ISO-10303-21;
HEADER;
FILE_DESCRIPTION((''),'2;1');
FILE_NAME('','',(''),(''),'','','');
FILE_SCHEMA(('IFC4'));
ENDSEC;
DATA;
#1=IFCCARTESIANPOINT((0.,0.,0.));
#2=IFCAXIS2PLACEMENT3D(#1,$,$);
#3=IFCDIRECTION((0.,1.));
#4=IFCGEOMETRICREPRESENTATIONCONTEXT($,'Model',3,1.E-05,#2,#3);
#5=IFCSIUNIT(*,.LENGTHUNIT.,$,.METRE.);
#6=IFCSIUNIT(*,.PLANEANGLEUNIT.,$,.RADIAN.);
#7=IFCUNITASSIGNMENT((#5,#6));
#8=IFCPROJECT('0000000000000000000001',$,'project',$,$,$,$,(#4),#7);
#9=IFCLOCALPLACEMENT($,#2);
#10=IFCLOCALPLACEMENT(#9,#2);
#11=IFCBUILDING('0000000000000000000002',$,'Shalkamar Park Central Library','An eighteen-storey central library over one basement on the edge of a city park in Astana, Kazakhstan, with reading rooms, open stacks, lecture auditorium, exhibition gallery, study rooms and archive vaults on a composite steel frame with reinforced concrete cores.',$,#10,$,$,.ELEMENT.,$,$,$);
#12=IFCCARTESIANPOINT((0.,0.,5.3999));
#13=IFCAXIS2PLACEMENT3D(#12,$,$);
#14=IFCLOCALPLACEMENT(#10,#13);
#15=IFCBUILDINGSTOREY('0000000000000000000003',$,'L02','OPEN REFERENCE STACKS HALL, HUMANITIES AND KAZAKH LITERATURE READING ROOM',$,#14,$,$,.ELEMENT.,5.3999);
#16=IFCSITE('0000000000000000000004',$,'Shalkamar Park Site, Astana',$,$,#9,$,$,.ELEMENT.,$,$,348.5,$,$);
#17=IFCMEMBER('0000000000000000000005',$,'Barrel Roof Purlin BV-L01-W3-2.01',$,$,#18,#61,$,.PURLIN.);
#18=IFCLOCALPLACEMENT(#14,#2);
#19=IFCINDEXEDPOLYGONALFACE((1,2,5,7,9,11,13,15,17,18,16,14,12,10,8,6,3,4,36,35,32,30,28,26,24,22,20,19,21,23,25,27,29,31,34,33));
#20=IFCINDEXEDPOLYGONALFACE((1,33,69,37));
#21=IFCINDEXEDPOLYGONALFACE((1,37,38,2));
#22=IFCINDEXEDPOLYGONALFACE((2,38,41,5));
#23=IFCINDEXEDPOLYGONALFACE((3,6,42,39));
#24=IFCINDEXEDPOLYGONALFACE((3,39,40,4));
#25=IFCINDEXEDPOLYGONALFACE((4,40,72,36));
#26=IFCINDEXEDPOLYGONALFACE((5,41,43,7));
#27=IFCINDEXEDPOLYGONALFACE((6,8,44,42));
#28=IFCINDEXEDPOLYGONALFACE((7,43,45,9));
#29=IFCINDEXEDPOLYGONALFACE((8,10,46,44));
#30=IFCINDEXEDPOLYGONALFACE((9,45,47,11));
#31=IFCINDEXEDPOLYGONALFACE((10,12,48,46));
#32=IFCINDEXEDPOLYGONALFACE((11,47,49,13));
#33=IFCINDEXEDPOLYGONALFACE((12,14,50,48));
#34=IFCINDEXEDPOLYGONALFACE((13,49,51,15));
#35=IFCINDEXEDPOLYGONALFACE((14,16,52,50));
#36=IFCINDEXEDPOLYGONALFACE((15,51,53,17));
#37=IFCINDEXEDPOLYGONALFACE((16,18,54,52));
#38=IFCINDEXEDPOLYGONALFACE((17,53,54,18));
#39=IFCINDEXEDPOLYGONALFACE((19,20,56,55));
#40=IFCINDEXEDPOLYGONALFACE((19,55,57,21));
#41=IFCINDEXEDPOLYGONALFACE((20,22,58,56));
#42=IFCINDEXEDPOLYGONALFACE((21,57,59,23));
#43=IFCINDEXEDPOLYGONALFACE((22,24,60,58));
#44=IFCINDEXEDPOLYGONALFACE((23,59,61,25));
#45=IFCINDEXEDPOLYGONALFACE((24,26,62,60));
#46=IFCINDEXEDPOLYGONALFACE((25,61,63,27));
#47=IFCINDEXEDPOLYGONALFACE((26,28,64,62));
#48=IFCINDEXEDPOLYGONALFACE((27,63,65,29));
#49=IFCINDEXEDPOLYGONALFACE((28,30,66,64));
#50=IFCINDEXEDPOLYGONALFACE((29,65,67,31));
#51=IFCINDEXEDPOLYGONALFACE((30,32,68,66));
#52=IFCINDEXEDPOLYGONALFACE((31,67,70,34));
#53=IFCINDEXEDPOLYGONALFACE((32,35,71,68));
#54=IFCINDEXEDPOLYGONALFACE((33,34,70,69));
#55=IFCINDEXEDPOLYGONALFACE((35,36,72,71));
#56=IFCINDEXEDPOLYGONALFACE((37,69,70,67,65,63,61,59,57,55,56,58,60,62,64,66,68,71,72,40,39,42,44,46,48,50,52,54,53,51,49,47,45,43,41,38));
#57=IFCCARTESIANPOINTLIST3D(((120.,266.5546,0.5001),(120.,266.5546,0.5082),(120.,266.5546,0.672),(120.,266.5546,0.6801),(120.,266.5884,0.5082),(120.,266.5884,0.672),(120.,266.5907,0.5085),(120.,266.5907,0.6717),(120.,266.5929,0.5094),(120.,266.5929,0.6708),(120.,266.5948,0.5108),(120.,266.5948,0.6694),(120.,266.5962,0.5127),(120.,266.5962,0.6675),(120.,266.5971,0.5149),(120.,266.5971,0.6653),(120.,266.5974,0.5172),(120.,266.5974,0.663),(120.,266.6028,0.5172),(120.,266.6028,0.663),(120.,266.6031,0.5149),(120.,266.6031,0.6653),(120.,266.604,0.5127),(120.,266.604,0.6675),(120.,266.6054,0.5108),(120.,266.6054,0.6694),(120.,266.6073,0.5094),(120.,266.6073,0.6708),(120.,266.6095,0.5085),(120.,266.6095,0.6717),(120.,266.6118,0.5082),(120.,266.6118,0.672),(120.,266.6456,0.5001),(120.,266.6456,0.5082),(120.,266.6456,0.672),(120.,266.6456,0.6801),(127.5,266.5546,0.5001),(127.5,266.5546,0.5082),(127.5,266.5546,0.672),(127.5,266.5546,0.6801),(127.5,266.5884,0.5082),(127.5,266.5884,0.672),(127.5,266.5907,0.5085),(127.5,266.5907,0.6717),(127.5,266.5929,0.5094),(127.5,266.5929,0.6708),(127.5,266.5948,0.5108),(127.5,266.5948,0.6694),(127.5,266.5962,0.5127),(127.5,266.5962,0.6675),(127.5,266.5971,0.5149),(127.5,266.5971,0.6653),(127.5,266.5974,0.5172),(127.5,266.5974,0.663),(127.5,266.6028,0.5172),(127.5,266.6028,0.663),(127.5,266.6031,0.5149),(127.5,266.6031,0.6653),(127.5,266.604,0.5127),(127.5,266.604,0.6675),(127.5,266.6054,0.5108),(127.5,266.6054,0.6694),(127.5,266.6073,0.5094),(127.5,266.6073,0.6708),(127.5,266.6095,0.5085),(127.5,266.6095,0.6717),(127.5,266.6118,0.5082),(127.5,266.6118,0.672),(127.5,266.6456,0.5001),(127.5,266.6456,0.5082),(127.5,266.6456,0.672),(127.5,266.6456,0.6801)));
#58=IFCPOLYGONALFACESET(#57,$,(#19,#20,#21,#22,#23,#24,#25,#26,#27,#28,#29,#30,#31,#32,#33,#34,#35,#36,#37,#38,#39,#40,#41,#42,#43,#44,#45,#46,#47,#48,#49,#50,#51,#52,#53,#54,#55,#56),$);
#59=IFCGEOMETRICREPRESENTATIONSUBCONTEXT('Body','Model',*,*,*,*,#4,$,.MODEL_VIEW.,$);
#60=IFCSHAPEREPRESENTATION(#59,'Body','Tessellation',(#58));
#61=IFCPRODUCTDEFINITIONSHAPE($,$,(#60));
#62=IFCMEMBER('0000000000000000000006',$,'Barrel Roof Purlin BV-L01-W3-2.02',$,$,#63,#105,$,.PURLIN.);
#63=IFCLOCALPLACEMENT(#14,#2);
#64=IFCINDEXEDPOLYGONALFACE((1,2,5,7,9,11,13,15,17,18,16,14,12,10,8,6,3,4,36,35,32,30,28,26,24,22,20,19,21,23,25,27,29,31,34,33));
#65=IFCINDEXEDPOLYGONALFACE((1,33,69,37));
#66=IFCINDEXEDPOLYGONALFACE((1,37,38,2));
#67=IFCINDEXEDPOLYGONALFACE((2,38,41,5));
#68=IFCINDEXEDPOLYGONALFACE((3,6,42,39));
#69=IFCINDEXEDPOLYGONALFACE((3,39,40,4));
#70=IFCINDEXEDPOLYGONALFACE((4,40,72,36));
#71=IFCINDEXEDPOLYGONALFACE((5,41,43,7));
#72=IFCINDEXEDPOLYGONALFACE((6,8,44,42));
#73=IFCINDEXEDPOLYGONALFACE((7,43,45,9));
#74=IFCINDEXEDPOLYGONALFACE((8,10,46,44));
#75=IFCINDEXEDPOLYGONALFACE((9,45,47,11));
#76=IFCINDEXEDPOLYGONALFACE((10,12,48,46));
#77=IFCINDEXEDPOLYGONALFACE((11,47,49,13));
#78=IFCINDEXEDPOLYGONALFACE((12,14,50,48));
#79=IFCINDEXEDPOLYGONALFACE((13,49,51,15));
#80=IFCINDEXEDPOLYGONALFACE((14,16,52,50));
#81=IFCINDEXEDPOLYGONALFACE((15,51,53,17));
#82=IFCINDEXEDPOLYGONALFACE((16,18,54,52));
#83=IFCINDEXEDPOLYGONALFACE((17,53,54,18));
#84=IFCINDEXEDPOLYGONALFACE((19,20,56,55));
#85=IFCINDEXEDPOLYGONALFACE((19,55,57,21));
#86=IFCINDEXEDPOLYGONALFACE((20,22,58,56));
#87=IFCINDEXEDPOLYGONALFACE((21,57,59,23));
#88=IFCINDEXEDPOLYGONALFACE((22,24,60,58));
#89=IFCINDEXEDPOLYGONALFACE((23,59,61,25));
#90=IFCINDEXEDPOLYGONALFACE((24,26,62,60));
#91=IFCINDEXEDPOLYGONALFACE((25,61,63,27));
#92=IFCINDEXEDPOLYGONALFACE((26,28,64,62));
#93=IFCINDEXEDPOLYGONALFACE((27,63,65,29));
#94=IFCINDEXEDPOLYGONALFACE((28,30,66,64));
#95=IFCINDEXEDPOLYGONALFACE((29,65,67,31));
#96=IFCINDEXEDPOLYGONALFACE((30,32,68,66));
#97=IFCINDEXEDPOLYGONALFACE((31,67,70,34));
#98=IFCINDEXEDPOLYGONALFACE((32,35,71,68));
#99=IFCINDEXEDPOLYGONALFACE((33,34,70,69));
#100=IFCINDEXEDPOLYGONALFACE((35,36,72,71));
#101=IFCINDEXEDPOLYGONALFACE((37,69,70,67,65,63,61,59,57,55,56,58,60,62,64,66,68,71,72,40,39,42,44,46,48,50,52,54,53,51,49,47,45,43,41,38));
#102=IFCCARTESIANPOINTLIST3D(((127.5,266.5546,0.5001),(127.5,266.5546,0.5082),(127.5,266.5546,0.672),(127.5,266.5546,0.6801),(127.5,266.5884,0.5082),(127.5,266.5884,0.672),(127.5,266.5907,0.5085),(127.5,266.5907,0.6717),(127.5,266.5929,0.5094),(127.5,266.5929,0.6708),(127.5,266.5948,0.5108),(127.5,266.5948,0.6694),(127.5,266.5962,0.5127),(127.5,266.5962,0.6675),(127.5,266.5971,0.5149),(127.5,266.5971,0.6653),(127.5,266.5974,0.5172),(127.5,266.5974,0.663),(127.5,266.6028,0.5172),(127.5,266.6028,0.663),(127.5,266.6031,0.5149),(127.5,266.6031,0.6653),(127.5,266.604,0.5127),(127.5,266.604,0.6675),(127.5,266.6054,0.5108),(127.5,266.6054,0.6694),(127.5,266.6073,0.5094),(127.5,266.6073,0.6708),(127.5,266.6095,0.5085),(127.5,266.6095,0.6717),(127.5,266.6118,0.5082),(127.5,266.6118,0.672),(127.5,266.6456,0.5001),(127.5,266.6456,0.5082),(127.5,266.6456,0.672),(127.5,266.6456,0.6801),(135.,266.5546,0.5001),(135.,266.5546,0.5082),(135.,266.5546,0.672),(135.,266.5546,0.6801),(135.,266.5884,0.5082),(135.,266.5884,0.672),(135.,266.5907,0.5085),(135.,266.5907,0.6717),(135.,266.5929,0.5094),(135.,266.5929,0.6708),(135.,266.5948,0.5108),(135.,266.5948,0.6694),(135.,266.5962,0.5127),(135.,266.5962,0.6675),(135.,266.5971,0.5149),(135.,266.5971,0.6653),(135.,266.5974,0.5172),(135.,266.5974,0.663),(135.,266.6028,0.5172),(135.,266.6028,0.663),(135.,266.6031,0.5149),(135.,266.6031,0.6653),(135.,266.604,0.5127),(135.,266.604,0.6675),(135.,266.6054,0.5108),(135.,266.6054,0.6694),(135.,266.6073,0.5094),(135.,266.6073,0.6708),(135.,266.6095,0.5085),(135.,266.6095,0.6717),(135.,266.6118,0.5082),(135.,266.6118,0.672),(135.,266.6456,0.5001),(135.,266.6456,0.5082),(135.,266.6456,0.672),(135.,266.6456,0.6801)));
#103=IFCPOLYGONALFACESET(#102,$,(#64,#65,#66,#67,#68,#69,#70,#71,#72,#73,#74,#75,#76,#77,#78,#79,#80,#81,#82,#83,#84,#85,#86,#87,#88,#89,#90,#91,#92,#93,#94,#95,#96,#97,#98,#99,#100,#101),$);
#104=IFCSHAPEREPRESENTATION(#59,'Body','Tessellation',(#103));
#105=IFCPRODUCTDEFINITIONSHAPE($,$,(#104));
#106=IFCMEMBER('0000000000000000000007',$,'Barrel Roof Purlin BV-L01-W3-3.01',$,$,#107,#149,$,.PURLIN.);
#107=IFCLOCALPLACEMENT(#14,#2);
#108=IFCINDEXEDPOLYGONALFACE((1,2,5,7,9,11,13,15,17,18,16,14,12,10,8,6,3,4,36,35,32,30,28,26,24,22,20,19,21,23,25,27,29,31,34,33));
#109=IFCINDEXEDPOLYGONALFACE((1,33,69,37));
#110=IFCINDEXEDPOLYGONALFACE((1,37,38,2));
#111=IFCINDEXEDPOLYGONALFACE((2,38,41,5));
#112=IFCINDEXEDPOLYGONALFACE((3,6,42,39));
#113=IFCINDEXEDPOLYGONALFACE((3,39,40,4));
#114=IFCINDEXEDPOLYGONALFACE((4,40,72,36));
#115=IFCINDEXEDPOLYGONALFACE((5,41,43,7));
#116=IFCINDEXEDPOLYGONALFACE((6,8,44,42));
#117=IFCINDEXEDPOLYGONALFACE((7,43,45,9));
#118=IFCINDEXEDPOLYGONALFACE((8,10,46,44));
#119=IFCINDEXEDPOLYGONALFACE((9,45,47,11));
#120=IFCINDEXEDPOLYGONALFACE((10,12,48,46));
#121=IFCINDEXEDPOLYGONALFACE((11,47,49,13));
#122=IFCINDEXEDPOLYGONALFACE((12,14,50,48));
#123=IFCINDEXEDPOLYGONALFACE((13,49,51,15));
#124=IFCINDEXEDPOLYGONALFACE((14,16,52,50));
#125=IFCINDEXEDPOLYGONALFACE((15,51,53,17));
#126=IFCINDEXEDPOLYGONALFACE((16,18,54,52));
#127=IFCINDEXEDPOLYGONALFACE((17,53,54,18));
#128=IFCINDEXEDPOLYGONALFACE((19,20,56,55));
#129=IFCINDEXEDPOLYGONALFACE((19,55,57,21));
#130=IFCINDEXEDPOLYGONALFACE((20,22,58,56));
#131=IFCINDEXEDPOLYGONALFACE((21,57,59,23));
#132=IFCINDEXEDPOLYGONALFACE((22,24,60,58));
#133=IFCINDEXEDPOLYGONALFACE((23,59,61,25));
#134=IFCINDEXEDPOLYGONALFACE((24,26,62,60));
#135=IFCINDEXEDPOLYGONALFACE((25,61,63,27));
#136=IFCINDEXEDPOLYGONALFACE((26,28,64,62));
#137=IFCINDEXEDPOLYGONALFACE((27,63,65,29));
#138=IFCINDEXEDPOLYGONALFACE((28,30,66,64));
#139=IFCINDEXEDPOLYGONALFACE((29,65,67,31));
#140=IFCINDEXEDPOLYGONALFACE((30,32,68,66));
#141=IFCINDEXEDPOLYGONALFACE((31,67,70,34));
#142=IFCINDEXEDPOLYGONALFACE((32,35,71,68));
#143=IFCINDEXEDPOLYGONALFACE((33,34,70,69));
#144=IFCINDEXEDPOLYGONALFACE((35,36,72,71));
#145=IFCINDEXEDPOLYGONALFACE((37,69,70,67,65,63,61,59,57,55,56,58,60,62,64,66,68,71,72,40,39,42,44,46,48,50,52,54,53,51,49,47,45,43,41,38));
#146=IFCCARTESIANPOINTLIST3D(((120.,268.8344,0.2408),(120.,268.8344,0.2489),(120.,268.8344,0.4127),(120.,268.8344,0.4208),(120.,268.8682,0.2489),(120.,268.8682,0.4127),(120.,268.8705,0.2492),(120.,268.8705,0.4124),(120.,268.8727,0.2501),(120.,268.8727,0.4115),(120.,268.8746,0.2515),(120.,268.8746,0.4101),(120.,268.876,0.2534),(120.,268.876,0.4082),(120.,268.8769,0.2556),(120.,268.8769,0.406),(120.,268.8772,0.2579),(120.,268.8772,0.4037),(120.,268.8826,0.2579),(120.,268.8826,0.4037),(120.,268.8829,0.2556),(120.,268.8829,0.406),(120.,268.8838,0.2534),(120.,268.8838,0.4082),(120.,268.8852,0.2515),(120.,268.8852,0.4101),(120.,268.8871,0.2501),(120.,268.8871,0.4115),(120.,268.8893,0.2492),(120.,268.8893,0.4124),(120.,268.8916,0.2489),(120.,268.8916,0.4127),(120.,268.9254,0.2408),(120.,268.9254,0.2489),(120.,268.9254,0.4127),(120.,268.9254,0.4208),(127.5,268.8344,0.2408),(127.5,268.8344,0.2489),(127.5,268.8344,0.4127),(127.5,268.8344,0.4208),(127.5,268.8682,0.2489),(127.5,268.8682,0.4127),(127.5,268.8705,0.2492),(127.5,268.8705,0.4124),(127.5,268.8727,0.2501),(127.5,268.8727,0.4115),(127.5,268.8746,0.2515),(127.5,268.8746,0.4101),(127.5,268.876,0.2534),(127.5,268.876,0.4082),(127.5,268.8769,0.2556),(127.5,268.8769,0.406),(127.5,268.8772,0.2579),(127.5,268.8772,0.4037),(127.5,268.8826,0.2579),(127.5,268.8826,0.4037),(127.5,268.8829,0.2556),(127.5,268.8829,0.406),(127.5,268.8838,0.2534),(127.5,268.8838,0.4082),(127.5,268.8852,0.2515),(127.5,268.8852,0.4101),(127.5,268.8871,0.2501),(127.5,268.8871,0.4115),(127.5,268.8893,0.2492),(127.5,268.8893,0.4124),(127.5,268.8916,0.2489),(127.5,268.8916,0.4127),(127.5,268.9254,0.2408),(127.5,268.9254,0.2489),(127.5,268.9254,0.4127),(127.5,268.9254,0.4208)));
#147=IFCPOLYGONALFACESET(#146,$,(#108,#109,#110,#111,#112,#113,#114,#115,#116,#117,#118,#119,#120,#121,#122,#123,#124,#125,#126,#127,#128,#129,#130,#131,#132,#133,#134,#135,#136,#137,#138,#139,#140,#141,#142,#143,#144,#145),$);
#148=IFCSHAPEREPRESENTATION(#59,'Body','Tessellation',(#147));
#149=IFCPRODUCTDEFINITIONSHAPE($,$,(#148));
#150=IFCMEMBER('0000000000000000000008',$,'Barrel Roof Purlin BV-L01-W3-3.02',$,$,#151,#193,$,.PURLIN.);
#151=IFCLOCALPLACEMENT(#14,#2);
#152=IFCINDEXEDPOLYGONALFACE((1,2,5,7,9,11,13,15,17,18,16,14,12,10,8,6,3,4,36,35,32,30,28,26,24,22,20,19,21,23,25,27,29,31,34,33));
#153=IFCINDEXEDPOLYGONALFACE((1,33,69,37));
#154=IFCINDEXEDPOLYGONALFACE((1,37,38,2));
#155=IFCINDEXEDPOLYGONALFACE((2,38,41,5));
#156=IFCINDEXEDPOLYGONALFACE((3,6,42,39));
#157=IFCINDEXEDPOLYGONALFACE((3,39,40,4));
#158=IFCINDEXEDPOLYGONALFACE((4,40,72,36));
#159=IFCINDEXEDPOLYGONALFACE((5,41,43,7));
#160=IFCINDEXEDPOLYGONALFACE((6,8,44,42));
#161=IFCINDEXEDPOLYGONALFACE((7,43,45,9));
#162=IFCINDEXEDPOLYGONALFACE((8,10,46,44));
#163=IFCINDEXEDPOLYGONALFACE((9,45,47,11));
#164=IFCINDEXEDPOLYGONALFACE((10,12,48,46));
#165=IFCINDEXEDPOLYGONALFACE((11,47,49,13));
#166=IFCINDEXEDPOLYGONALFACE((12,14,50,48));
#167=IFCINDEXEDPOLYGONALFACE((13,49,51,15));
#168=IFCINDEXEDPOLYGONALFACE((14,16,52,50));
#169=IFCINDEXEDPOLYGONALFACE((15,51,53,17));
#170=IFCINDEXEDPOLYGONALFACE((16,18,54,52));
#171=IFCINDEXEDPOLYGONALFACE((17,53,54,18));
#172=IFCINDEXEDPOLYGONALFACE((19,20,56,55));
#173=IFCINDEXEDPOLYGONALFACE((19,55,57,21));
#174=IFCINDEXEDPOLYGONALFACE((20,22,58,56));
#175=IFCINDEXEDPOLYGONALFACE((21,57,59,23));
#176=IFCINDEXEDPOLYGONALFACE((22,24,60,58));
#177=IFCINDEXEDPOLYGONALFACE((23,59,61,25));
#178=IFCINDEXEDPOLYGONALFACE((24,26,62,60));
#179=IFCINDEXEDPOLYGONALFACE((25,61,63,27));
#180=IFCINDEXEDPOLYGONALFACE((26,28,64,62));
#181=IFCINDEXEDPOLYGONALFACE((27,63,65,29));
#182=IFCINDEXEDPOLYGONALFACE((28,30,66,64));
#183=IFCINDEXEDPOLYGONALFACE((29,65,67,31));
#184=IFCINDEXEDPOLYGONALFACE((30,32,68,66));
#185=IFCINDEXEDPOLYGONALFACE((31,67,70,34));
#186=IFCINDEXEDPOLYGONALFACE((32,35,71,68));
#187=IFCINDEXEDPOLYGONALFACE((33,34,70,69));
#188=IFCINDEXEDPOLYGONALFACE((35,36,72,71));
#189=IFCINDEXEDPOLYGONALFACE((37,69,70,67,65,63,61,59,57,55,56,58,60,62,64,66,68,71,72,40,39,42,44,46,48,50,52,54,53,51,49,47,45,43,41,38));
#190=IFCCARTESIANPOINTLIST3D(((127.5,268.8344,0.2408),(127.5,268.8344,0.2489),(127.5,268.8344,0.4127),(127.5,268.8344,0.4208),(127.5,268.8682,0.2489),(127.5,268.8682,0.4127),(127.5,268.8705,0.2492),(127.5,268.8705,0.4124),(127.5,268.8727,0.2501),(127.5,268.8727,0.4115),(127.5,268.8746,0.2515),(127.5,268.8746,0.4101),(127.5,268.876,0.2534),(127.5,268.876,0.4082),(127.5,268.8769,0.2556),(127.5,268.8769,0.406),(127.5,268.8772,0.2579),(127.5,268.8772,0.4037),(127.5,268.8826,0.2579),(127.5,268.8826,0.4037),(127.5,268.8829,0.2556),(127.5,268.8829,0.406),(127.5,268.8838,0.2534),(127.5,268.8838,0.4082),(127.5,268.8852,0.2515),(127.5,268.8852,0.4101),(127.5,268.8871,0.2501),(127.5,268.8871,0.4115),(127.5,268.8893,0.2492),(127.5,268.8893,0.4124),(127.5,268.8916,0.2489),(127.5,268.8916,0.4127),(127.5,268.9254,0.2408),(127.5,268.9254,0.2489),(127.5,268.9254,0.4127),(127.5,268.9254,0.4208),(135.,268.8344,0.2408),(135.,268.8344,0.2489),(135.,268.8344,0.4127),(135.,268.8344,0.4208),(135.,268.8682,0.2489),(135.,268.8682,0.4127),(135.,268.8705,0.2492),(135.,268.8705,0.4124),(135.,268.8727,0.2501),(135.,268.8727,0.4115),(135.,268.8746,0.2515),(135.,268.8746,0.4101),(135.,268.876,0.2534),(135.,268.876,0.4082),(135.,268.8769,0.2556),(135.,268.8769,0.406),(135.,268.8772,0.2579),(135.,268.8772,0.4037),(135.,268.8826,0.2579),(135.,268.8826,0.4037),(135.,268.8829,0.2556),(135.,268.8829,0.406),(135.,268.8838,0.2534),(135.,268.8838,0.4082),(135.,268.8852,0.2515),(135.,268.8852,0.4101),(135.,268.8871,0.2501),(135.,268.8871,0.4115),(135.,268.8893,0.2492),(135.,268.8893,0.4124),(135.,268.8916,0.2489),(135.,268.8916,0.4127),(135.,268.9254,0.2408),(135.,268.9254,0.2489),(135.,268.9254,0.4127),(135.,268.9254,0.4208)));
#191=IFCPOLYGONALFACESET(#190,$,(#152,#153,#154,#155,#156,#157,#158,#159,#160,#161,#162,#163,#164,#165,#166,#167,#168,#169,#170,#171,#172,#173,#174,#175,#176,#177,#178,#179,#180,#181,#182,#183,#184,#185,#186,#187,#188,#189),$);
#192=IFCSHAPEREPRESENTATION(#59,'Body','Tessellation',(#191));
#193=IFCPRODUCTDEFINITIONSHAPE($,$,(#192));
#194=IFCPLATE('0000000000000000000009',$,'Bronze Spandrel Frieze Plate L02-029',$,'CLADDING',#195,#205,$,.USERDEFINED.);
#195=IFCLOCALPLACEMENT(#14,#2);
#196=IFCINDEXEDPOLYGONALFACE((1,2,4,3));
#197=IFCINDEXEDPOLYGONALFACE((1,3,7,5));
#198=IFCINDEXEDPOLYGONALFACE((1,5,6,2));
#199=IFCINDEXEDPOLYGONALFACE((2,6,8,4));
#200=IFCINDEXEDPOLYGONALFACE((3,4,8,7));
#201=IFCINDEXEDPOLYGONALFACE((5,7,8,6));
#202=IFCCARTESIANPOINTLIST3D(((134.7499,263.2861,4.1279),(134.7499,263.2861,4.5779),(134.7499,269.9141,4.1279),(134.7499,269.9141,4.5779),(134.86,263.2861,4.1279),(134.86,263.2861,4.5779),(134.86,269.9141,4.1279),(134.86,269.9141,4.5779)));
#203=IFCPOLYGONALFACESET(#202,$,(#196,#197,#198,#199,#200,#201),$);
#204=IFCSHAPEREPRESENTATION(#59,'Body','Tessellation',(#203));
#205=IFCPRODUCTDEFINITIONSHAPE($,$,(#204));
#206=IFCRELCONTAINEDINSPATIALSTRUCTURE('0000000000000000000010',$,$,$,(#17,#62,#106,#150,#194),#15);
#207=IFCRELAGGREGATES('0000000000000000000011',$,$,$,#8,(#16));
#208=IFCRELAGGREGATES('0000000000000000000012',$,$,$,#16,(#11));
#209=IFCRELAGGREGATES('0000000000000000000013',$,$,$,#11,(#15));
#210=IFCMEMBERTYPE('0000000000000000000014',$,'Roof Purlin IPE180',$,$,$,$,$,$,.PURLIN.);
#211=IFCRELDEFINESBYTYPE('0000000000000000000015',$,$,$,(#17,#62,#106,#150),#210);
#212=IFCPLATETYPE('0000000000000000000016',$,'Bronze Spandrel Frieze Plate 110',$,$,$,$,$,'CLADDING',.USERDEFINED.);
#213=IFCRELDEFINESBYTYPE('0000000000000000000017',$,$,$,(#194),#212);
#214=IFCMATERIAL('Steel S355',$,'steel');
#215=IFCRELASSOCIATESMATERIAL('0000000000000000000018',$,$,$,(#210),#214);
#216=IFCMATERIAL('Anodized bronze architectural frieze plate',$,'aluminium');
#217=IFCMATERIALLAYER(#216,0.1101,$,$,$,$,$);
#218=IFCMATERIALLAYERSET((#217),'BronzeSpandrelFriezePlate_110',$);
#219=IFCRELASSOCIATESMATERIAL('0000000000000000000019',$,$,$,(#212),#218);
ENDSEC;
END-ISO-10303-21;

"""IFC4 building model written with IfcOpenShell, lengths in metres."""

from ifc_helpers import new_model, si_unit, direction, frame, origin, origin_2d, place, context, subcontext, project, spatial, rectangle, i_section, extrude, material, layer, layer_set, material_profile, profile_set, type_object, element, save


model = new_model("IFC4")

# Units and contexts
model_context = context("Model", 3, precision=1e-05, world=origin(), true_north=direction((0.0, 1.0)))
body_context = subcontext(model_context, "Body", "Model", "MODEL_VIEW")
ifc_project = project(units=[si_unit("LENGTHUNIT", "METRE"), si_unit("PLANEANGLEUNIT", "RADIAN")], contexts=[model_context])

# Site, building, storey
site_placement = place(None, origin())
site = spatial("IfcSite", under=ifc_project, at=site_placement, Name="Shalkamar Park Site, Astana", CompositionType="ELEMENT", RefElevation=348.5)
building_placement = place(site_placement, origin())
building = spatial("IfcBuilding", under=site, at=building_placement, Name="Shalkamar Park Central Library", Description="An eighteen-storey central library over one basement on the edge of a city park in Astana, Kazakhstan, with reading rooms, open stacks, lecture auditorium, exhibition gallery, study rooms and archive vaults on a composite steel frame with reinforced concrete cores.", CompositionType="ELEMENT")
storey_placement = place(building_placement, frame((0.0, 0.0, 5.3999)))
storey = spatial("IfcBuildingStorey", under=building, at=storey_placement, Name="L02", Description="OPEN REFERENCE STACKS HALL, HUMANITIES AND KAZAKH LITERATURE READING ROOM", CompositionType="ELEMENT", Elevation=5.3999)

# Members
ifc_material_1 = material(Name="Steel S355", Category="steel")
ifc_material_profile_1 = material_profile(ifc_material_1, i_section(OverallWidth=0.0911, OverallDepth=0.1799, WebThickness=0.0054, FlangeThickness=0.0081, FilletRadius=0.009, at=origin_2d()), Name="IPE 180")
ifc_profile_set_1 = profile_set([ifc_material_profile_1], Name="Steel S355")
member_type_1 = type_object("IfcMemberType", Name="Roof Purlin IPE180", PredefinedType="PURLIN", material=ifc_profile_set_1)
for number, where, z_axis, x_axis, name in (
    (1, (120.0, 266.6001, 0.5901), (1.0, 0.0, 0.0), (0.0, 1.0, 0.0), "Barrel Roof Purlin BV-L01-W3-2.01"),
    (2, (127.5, 266.6001, 0.5901), (1.0, 0.0, 0.0), (0.0, 1.0, 0.0), "Barrel Roof Purlin BV-L01-W3-2.02"),
    (3, (120.0, 268.8799, 0.3308), (1.0, 0.0, 0.0), (0.0, 1.0, 0.0), "Barrel Roof Purlin BV-L01-W3-3.01"),
    (4, (127.5, 268.8799, 0.3308), (1.0, 0.0, 0.0), (0.0, 1.0, 0.0), "Barrel Roof Purlin BV-L01-W3-3.02"),
):
    element("IfcMember", number, at=place(storey_placement, frame(where, z_axis=z_axis, x_axis=x_axis)), inside=storey, type_object=member_type_1, Name=name, PredefinedType="PURLIN", context=body_context, shape_type="SweptSolid", body=[
        extrude(i_section(OverallWidth=0.0911, OverallDepth=0.1799, WebThickness=0.0054, FlangeThickness=0.0081, FilletRadius=0.009, at=origin_2d()), origin(), (0.0, 0.0, 1.0), 7.5),
    ])

# Plate
ifc_material_2 = material(Name="Anodized bronze architectural frieze plate", Category="aluminium")
ifc_layer_1 = layer(ifc_material_2, 0.1101)
ifc_layer_set_1 = layer_set([ifc_layer_1], Name="BronzeSpandrelFriezePlate_110")
plate_type = type_object("IfcPlateType", Name="Bronze Spandrel Frieze Plate 110", ElementType="CLADDING", PredefinedType="USERDEFINED", material=ifc_layer_set_1)
plate_placement = place(storey_placement, frame((134.8049, 266.6001, 4.1279), z_axis=(0.0, 0.0, 1.0), x_axis=(1.0, 0.0, 0.0)))
element("IfcPlate", 5, at=plate_placement, inside=storey, type_object=plate_type, Name="Bronze Spandrel Frieze Plate L02-029", ObjectType="CLADDING", PredefinedType="USERDEFINED", context=body_context, shape_type="SweptSolid", body=[
    extrude(rectangle(XDim=0.1101, YDim=6.6279, at=origin_2d()), origin(), (0.0, 0.0, 1.0), 0.45),
])

save(model, "model.ifc")
